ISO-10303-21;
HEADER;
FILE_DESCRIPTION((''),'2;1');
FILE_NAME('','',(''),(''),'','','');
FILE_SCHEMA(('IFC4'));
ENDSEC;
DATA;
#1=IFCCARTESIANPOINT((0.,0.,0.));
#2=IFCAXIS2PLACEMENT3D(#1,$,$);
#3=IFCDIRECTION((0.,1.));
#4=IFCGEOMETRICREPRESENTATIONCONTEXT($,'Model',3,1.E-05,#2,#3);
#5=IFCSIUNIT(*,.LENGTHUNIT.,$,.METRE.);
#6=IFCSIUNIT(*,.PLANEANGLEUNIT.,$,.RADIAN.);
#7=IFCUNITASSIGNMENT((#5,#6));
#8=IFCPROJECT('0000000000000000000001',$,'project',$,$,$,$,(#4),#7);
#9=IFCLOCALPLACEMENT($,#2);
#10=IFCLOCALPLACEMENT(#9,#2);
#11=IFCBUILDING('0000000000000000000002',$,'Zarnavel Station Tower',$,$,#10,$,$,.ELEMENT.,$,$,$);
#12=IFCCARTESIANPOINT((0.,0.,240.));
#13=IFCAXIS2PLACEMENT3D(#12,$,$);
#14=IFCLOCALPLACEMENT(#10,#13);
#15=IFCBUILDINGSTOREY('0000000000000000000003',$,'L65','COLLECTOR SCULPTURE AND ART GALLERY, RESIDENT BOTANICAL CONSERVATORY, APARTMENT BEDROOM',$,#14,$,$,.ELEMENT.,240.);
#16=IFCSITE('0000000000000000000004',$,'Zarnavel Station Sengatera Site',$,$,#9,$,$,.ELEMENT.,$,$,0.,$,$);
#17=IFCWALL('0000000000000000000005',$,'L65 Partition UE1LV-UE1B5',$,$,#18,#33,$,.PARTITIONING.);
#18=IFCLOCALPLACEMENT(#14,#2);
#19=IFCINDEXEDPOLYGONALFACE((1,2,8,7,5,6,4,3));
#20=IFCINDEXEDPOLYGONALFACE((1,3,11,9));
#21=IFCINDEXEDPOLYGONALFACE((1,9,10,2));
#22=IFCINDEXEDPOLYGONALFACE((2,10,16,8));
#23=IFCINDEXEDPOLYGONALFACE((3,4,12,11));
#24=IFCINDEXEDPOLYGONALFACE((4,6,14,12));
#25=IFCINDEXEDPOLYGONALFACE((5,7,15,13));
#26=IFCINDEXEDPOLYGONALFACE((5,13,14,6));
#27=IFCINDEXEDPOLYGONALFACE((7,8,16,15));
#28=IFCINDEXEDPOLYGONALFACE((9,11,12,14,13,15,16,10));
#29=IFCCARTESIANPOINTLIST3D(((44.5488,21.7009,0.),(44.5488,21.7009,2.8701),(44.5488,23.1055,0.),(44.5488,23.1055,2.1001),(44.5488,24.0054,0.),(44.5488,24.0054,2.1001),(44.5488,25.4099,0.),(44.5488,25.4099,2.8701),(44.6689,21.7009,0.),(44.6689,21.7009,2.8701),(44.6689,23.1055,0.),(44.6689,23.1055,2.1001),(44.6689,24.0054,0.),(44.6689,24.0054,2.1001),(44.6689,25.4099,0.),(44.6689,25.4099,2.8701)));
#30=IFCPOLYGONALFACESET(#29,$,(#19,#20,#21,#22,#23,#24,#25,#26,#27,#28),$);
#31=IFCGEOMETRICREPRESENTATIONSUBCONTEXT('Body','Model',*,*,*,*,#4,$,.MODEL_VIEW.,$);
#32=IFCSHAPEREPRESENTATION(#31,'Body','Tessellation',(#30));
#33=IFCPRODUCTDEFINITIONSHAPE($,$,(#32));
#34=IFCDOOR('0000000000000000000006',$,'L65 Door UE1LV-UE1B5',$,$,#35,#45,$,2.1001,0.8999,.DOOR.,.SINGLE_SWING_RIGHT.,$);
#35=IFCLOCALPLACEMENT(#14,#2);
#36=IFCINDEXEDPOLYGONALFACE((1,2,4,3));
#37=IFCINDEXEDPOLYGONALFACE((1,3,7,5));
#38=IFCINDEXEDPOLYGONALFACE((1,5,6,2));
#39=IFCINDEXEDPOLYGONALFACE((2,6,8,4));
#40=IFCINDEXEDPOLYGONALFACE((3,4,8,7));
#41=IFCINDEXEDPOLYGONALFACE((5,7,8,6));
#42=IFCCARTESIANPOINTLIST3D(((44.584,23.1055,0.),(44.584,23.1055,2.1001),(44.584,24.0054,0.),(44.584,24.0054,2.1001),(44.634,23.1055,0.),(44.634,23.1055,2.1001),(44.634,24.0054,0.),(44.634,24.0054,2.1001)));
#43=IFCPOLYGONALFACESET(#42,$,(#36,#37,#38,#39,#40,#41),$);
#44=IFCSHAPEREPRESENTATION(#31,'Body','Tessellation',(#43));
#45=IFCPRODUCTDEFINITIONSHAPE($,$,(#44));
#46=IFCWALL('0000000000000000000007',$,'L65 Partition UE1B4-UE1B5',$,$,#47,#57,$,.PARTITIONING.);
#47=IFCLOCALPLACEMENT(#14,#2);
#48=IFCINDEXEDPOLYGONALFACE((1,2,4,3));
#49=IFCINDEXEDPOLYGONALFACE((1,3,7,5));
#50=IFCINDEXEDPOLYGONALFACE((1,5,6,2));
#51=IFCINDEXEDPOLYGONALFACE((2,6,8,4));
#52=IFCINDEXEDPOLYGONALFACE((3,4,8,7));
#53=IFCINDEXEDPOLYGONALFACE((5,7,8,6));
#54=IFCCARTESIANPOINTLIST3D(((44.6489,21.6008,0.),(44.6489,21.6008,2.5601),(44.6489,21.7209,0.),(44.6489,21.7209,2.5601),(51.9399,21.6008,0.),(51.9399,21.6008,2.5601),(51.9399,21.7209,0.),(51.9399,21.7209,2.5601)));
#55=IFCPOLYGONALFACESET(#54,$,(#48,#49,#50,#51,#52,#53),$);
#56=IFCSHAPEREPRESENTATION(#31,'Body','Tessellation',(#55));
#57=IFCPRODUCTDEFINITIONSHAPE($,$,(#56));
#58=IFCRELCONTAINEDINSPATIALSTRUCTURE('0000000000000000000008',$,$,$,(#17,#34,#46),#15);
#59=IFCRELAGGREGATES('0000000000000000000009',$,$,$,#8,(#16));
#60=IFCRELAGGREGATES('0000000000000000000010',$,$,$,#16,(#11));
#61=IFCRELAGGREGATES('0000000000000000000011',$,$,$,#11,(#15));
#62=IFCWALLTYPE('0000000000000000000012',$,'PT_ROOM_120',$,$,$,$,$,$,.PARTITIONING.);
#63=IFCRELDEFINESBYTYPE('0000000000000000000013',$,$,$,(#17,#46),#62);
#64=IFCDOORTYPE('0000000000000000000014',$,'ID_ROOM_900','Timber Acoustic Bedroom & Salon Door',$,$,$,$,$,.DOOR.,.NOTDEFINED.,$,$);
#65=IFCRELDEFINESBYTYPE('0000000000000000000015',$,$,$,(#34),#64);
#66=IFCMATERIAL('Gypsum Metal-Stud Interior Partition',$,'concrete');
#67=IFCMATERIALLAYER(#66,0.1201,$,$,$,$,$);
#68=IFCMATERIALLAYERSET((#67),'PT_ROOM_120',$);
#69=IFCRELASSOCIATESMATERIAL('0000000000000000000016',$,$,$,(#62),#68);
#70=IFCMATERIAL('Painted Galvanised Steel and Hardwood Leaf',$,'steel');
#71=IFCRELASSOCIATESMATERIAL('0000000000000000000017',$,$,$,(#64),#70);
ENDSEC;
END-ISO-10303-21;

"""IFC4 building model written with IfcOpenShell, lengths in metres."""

from ifc_helpers import new_model, si_unit, direction, frame, frame_2d, origin, place, context, subcontext, project, spatial, rectangle, extrude, material, layer, layer_set, type_object, element, fill, save


model = new_model("IFC4")

# Units and contexts
model_context = context("Model", 3, precision=1e-05, world=origin(), true_north=direction((0.0, 1.0)))
body_context = subcontext(model_context, "Body", "Model", "MODEL_VIEW")
ifc_project = project(units=[si_unit("LENGTHUNIT", "METRE"), si_unit("PLANEANGLEUNIT", "RADIAN")], contexts=[model_context])

# Site, building, storey
site_placement = place(None, origin())
site = spatial("IfcSite", under=ifc_project, at=site_placement, Name="Zarnavel Station Sengatera Site", CompositionType="ELEMENT", RefElevation=0.0)
building_placement = place(site_placement, origin())
building = spatial("IfcBuilding", under=site, at=building_placement, Name="Zarnavel Station Tower", CompositionType="ELEMENT")
storey_placement = place(building_placement, frame((0.0, 0.0, 240.0)))
storey = spatial("IfcBuildingStorey", under=building, at=storey_placement, Name="L65", Description="COLLECTOR SCULPTURE AND ART GALLERY, RESIDENT BOTANICAL CONSERVATORY, APARTMENT BEDROOM", CompositionType="ELEMENT", Elevation=240.0)

# Wall, opening, door
ifc_material_1 = material(Name="Gypsum Metal-Stud Interior Partition", Category="concrete")
ifc_layer_1 = layer(ifc_material_1, 0.1201)
ifc_layer_set_1 = layer_set([ifc_layer_1], Name="PT_ROOM_120")
wall_type_1 = type_object("IfcWallType", Name="PT_ROOM_120", PredefinedType="PARTITIONING", material=ifc_layer_set_1)
ifc_material_2 = material(Name="Painted Galvanised Steel and Hardwood Leaf", Category="steel")
door_type_1 = type_object("IfcDoorType", Name="ID_ROOM_900", Description="Timber Acoustic Bedroom & Salon Door", OperationType="NOTDEFINED", PredefinedType="DOOR", material=ifc_material_2)
wall_1_placement = place(storey_placement, frame((44.6089, 21.7009, 0.0), z_axis=(0.0, 0.0, 1.0), x_axis=(0.0, 1.0, 0.0)))
wall_1 = element("IfcWall", 1, at=wall_1_placement, inside=storey, type_object=wall_type_1, Name="L65 Partition UE1LV-UE1B5", PredefinedType="PARTITIONING", context=body_context, shape_type="SweptSolid", body=[
    extrude(rectangle(XDim=3.709, YDim=0.1201, at=frame_2d((1.8545, 0.0))), origin(), (0.0, 0.0, 1.0), 2.8701),
])
opening_1_placement = place(wall_1_placement, frame((1.4045, 0.0, 0.0)))
opening_1 = element("IfcOpeningElement", 2, at=opening_1_placement, cuts=wall_1, PredefinedType="OPENING", context=body_context, shape_type="SweptSolid", body=[
    extrude(rectangle(XDim=0.8999, YDim=2.1001, at=frame_2d((0.45, 1.05))), frame((0.0, 0.0701, 0.0), z_axis=(0.0, -1.0, 0.0), x_axis=(1.0, 0.0, 0.0)), (0.0, 0.0, 1.0), 0.1401),
])
door_1_placement = place(opening_1_placement, origin())
door_1 = element("IfcDoor", 3, at=door_1_placement, inside=storey, type_object=door_type_1, Name="L65 Door UE1LV-UE1B5", OperationType="SINGLE_SWING_RIGHT", OverallHeight=2.1001, OverallWidth=0.8999, PredefinedType="DOOR", context=body_context, shape_type="SweptSolid", body=[
    extrude(rectangle(XDim=0.8999, YDim=2.1001, at=frame_2d((0.45, 1.05))), frame((0.0, 0.0249, 0.0), z_axis=(0.0, -1.0, 0.0), x_axis=(1.0, 0.0, 0.0)), (0.0, 0.0, 1.0), 0.05),
])
fill(opening_1, door_1)

# Wall
wall_2_placement = place(storey_placement, frame((44.6489, 21.6609, 0.0), z_axis=(0.0, 0.0, 1.0), x_axis=(1.0, 0.0, 0.0)))
element("IfcWall", 4, at=wall_2_placement, inside=storey, type_object=wall_type_1, Name="L65 Partition UE1B4-UE1B5", PredefinedType="PARTITIONING", context=body_context, shape_type="SweptSolid", body=[
    extrude(rectangle(XDim=7.291, YDim=0.1201, at=frame_2d((3.6455, 0.0))), origin(), (0.0, 0.0, 1.0), 2.5601),
])

save(model, "model.ifc")
